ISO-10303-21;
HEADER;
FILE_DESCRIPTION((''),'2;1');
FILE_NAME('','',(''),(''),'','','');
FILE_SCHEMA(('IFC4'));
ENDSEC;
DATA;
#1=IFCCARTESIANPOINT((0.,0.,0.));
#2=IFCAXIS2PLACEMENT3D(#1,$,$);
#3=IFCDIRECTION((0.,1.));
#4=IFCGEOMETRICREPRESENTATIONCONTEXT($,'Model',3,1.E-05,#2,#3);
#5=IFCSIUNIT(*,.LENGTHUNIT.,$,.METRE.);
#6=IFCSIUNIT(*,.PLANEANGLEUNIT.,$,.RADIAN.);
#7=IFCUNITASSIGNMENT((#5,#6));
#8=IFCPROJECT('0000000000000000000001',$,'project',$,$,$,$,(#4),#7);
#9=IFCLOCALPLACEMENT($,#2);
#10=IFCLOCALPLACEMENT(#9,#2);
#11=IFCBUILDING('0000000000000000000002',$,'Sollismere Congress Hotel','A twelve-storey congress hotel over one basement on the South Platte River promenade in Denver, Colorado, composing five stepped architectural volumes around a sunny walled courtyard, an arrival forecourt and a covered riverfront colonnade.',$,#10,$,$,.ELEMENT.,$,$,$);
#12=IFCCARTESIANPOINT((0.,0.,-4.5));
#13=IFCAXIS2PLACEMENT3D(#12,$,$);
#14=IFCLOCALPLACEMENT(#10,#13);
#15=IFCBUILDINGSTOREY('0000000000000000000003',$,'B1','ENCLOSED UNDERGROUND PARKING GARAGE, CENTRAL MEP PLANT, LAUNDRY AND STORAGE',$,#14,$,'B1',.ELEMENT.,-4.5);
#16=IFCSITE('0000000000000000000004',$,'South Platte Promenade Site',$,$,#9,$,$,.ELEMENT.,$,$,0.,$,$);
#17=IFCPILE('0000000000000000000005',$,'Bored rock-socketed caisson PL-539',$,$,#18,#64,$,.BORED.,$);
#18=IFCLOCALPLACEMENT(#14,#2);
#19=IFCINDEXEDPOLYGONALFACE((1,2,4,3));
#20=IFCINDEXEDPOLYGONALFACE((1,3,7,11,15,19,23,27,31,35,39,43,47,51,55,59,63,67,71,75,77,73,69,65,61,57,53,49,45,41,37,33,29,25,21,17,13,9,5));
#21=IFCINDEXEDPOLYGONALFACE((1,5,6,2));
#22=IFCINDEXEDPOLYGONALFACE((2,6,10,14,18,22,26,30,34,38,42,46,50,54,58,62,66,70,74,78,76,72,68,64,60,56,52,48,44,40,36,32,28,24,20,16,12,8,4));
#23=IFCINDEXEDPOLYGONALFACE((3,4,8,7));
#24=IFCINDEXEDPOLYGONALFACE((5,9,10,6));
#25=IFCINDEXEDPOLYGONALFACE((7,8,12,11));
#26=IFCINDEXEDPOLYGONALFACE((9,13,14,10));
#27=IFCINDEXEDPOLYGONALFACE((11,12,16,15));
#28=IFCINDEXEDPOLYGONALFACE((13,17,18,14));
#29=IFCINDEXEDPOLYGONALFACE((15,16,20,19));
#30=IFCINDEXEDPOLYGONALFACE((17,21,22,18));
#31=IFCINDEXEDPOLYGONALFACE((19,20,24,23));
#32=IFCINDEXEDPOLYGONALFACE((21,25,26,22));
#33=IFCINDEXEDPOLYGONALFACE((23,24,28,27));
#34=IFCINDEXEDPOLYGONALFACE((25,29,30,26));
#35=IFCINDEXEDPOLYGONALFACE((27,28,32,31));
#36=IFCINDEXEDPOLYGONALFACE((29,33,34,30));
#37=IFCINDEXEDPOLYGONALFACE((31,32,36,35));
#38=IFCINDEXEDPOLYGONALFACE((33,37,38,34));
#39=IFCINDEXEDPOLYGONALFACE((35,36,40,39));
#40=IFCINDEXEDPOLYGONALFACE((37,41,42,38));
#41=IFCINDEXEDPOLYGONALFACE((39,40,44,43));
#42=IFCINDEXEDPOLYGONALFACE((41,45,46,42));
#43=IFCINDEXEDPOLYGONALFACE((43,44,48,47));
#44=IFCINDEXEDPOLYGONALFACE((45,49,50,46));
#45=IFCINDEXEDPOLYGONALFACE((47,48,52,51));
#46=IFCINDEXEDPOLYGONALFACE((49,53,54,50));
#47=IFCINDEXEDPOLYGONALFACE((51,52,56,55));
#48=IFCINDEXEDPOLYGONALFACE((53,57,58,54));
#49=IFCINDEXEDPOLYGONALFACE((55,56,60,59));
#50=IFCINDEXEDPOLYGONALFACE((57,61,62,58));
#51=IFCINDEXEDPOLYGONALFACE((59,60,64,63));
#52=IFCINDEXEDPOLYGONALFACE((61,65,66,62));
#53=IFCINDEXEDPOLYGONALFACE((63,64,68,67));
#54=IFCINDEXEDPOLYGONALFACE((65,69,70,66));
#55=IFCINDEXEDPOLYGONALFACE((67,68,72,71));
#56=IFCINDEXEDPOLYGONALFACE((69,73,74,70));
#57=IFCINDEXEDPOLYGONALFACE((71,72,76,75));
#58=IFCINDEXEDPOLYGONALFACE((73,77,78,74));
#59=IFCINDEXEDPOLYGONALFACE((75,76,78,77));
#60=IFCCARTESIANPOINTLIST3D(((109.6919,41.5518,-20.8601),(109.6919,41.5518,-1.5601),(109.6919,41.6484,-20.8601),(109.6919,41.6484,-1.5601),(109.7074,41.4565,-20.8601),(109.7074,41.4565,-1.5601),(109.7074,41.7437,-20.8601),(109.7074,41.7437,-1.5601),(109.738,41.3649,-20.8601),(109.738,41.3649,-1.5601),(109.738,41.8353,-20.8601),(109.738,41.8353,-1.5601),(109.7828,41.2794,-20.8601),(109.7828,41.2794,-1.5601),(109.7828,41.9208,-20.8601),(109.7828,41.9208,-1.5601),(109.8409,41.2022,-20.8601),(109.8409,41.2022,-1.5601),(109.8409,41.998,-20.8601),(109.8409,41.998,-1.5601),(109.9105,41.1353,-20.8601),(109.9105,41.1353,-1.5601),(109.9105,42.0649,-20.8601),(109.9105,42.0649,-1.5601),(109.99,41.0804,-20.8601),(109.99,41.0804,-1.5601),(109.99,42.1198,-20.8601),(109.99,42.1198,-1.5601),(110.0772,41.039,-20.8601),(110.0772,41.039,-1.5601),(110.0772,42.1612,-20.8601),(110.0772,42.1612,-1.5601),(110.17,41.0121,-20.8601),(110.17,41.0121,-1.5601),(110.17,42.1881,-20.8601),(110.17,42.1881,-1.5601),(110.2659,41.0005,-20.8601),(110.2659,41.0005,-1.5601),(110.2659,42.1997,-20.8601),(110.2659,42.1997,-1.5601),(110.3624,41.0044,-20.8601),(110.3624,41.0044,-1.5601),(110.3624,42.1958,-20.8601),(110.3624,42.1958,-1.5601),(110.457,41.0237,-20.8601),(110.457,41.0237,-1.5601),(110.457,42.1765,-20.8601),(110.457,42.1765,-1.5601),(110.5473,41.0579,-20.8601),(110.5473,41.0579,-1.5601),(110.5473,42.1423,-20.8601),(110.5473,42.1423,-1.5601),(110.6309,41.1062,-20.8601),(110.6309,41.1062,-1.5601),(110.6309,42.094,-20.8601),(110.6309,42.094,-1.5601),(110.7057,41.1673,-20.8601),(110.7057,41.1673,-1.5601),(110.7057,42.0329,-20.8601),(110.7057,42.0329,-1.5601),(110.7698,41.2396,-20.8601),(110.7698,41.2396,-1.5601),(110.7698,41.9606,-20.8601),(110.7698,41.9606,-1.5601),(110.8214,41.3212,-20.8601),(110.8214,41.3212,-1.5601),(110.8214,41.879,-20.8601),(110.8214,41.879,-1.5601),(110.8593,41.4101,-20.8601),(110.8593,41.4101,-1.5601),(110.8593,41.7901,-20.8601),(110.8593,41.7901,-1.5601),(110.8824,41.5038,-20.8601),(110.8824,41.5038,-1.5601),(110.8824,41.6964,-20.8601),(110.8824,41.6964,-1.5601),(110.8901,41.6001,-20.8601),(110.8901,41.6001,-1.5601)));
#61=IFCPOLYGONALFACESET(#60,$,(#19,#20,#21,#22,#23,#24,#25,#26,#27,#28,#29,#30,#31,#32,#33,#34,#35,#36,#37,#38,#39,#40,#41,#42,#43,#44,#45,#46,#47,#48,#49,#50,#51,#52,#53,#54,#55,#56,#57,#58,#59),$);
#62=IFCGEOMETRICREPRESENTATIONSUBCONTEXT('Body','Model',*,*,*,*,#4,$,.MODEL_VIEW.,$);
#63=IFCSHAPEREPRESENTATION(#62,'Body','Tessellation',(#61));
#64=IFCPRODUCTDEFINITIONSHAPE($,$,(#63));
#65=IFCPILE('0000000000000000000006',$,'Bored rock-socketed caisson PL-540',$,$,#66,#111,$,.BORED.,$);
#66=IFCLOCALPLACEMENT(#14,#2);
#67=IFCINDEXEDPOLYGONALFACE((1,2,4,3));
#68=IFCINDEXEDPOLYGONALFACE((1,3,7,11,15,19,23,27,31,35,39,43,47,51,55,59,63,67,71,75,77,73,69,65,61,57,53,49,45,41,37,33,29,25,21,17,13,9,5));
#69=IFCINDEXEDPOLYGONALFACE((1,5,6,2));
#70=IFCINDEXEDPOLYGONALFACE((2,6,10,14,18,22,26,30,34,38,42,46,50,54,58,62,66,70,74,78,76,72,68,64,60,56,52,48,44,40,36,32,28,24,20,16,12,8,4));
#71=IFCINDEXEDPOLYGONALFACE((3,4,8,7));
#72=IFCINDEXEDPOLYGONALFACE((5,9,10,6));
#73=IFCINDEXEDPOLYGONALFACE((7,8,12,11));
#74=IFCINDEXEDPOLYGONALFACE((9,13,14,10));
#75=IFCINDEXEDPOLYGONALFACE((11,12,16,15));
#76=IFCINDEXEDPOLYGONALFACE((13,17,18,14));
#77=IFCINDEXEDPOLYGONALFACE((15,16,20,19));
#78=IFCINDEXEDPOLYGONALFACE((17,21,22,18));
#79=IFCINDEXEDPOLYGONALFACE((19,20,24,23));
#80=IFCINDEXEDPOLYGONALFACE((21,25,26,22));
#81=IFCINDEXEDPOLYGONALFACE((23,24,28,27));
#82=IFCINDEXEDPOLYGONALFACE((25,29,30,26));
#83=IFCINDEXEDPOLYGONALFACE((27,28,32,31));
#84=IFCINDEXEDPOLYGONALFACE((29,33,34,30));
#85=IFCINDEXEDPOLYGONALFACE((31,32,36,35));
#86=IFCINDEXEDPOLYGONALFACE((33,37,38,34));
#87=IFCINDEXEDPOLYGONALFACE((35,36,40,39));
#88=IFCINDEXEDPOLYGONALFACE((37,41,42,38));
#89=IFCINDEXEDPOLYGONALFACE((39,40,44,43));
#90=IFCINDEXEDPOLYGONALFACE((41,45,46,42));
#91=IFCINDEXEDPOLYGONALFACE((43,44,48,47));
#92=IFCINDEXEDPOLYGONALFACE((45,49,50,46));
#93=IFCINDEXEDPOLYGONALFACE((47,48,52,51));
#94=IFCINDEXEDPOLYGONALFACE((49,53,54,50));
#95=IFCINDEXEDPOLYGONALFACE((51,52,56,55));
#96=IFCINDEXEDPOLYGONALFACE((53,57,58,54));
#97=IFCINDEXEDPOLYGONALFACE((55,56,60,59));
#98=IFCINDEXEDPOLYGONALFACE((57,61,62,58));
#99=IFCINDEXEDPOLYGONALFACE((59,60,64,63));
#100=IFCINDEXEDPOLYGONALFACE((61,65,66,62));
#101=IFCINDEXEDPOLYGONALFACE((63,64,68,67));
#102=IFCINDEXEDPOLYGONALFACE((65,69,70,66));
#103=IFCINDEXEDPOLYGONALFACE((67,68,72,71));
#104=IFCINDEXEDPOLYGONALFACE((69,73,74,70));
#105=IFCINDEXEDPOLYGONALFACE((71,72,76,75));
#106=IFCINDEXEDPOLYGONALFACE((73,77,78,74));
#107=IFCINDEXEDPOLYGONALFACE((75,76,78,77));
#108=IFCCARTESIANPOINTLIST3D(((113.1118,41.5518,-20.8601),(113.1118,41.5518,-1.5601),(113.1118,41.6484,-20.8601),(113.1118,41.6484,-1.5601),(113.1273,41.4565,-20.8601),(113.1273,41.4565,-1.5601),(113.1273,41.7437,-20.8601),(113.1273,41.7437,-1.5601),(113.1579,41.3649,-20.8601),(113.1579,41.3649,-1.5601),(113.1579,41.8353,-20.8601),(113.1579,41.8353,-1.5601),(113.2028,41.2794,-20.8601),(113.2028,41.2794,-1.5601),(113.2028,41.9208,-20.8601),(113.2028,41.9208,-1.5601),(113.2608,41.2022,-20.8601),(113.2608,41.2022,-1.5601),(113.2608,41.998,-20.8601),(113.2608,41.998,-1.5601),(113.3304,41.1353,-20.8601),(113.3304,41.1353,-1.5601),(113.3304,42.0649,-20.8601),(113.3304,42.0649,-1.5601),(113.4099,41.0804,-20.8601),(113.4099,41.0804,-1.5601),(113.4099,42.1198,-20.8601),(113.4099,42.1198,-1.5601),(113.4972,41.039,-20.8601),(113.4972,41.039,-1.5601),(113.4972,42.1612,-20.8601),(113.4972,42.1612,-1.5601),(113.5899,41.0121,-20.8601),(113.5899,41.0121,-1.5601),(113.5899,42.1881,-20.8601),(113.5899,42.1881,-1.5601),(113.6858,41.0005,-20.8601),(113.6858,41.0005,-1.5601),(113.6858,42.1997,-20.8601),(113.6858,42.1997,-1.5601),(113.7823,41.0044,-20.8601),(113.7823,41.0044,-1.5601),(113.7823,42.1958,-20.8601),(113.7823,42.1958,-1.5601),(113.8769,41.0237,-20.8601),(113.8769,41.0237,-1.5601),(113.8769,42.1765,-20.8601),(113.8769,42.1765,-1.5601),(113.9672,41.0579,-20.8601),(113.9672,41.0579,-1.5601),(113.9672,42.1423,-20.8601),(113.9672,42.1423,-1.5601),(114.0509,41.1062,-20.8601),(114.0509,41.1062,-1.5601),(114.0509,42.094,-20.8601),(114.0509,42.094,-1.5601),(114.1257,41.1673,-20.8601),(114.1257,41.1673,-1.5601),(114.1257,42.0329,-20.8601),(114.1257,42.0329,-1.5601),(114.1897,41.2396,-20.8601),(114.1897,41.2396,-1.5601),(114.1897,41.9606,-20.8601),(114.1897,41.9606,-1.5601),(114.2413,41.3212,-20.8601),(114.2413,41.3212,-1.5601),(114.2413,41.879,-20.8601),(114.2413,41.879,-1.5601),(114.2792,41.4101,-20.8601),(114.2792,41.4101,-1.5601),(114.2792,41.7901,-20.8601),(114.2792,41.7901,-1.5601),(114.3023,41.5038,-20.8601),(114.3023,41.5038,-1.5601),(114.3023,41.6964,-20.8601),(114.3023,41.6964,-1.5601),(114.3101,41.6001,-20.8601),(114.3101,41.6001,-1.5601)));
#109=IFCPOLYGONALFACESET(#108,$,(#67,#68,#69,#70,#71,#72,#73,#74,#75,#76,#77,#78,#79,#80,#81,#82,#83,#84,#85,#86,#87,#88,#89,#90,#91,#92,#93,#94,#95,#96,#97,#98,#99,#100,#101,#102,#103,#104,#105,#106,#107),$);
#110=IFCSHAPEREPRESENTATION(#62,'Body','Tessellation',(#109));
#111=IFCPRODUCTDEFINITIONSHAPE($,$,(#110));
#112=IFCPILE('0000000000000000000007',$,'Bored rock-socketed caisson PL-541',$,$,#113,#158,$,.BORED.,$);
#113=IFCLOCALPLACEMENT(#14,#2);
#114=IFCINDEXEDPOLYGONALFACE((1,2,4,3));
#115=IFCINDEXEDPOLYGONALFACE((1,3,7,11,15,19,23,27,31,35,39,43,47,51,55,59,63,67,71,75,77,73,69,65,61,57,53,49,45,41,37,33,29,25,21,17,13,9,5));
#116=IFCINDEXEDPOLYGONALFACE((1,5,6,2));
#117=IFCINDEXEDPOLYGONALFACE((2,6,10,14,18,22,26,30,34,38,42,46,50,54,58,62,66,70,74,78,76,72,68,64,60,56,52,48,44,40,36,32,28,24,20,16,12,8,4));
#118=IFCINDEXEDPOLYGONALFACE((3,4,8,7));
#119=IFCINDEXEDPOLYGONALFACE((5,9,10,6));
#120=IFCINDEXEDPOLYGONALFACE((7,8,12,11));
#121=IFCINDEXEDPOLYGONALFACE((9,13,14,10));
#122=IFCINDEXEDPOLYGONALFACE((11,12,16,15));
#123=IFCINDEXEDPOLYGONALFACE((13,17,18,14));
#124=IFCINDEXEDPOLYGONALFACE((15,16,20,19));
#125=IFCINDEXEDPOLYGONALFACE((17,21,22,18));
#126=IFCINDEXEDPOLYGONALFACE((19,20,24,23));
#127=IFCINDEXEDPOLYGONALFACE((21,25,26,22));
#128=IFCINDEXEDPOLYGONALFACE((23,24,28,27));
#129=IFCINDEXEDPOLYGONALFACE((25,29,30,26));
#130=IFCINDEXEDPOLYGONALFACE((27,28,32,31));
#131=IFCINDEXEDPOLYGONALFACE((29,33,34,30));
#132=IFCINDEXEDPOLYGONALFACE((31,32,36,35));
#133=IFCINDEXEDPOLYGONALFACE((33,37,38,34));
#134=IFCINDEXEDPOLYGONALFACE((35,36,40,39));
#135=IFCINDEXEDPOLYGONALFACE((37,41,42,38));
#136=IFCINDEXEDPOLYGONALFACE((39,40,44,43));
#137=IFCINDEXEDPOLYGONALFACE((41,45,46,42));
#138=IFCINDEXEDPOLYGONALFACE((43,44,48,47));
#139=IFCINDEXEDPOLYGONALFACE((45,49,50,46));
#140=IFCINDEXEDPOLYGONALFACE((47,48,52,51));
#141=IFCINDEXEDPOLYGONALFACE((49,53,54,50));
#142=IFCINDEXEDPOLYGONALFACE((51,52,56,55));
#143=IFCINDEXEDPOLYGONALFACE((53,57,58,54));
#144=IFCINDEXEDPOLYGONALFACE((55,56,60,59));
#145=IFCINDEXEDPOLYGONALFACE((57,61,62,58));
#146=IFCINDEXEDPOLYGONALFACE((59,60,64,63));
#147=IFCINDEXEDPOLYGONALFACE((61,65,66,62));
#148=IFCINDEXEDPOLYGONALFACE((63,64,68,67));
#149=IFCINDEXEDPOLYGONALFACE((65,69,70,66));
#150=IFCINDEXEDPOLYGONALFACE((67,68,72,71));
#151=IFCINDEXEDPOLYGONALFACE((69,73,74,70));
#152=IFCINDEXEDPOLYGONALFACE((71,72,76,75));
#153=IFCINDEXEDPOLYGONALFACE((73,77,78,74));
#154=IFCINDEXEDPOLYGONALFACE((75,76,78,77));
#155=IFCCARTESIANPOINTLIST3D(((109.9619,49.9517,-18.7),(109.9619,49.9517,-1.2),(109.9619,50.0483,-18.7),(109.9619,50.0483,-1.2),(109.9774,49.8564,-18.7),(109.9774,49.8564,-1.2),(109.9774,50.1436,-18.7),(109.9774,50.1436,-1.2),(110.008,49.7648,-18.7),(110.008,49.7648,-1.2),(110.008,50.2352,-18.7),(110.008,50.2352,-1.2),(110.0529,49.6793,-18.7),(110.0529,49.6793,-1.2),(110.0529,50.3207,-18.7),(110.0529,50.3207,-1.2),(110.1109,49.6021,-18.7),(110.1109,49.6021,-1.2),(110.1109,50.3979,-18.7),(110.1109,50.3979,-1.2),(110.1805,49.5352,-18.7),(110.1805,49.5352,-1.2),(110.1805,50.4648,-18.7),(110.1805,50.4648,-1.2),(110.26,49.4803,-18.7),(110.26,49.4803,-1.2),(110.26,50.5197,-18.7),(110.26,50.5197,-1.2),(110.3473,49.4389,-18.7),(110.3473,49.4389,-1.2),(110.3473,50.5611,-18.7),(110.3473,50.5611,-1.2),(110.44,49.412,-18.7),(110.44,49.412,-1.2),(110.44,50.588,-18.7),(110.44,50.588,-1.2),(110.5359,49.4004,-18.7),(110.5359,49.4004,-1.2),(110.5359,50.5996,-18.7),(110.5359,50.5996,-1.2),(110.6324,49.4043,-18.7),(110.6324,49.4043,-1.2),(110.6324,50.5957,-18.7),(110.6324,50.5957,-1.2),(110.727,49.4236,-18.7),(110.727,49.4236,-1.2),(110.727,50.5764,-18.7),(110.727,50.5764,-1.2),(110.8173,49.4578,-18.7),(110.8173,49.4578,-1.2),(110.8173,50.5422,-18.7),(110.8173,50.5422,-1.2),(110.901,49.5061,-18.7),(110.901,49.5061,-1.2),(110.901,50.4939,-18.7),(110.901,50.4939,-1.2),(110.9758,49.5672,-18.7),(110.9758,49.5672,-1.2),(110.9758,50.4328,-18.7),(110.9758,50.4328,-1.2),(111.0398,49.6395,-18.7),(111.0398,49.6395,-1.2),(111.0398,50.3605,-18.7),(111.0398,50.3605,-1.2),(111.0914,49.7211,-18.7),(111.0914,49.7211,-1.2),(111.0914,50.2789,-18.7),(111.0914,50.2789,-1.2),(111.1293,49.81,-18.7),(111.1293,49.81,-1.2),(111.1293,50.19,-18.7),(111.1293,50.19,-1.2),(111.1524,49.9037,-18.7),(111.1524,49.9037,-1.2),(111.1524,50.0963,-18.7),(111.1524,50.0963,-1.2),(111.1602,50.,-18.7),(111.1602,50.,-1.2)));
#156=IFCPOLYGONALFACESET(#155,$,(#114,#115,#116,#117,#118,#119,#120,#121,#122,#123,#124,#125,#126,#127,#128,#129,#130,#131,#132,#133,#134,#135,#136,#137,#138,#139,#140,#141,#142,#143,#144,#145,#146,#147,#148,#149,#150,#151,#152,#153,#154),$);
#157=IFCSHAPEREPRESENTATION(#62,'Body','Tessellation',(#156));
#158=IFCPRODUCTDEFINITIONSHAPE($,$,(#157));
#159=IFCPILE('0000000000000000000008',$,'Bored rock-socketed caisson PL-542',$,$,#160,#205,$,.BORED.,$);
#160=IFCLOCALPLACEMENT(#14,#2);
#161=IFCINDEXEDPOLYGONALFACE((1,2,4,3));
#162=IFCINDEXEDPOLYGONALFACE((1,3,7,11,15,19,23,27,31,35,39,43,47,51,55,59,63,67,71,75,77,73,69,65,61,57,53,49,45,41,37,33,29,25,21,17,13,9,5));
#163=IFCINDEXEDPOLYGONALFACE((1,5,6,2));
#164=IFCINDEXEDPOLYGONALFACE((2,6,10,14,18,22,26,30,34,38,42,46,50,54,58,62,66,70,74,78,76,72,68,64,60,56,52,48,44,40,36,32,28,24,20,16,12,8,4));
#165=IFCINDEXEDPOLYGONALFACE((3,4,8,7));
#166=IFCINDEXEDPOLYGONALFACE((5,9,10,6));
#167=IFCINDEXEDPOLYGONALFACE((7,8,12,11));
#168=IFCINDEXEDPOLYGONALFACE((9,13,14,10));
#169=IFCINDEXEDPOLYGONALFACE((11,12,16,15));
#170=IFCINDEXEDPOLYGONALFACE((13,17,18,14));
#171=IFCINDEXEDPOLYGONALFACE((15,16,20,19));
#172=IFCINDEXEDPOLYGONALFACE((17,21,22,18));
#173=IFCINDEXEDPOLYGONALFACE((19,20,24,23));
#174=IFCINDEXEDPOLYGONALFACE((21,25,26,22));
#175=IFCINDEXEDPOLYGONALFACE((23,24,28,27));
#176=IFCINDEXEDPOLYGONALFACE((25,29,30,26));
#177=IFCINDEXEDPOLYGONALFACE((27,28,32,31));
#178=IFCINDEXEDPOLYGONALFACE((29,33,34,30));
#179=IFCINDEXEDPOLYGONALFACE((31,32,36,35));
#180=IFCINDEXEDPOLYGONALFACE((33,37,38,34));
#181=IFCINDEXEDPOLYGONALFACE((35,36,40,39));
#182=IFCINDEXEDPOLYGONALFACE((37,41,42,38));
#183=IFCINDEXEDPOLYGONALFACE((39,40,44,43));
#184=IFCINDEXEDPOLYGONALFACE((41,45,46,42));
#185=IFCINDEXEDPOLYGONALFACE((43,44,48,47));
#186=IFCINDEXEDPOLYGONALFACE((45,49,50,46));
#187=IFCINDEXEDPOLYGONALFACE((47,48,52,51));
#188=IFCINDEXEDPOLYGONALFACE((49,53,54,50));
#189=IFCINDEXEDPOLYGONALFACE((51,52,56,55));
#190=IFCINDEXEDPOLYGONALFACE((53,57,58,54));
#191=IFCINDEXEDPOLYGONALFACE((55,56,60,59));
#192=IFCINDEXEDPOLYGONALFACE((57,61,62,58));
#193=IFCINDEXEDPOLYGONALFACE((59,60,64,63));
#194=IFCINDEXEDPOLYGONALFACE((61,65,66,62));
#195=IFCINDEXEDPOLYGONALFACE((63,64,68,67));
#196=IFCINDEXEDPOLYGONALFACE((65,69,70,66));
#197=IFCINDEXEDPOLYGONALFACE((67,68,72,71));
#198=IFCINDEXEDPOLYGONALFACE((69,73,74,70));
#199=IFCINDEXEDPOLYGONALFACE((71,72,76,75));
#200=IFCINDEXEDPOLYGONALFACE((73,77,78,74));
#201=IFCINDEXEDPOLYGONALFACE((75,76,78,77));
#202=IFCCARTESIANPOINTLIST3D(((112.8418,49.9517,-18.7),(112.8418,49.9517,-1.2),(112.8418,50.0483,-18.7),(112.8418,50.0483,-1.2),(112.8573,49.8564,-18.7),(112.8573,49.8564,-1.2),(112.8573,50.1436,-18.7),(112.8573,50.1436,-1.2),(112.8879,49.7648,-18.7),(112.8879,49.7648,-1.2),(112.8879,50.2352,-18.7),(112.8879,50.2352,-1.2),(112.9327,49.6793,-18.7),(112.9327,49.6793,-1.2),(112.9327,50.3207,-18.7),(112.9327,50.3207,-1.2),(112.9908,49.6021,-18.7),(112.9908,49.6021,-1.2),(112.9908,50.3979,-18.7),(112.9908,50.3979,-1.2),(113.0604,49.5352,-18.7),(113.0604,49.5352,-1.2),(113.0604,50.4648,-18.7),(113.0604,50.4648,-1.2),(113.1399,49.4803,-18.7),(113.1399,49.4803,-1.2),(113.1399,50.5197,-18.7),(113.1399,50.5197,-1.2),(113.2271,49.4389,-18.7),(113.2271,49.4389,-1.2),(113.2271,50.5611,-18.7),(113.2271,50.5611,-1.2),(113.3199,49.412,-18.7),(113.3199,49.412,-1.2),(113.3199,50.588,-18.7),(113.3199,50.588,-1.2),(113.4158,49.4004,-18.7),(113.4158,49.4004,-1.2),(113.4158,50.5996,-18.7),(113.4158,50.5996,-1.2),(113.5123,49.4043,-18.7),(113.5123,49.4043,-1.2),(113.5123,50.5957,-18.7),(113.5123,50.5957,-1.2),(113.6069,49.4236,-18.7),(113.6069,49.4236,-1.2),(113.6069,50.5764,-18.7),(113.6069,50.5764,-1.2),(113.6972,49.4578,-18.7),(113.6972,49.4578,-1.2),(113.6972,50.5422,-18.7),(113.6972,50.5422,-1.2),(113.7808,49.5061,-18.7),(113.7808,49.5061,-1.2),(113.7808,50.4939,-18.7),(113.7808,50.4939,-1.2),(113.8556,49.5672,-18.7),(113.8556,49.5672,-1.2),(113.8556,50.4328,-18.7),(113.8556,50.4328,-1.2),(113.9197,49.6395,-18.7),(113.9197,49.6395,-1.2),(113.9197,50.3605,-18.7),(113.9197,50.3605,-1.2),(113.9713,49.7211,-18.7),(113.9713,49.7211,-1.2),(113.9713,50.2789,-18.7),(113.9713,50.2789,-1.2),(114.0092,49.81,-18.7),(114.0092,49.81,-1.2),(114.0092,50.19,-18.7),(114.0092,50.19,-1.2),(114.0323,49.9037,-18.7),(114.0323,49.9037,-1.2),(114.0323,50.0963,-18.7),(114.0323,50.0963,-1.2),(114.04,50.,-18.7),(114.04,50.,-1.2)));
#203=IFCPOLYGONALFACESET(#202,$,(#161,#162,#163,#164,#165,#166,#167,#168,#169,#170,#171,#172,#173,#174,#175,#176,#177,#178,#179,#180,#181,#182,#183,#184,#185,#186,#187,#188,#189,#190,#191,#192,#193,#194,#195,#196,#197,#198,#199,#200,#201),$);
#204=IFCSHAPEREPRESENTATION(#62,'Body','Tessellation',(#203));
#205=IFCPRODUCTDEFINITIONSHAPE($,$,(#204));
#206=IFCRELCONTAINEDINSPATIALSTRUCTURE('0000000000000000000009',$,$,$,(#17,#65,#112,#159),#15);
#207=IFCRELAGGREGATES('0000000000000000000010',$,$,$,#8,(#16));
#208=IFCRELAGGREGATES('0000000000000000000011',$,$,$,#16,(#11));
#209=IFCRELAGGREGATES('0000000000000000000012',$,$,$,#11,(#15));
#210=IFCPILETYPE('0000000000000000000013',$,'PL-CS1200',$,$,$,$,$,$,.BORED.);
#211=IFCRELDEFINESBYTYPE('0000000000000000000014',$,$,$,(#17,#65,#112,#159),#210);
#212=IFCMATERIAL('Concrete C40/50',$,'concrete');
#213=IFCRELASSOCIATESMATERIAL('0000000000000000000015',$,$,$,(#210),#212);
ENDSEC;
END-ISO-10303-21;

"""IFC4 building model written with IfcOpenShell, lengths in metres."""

from ifc_helpers import new_model, si_unit, direction, frame, origin, origin_2d, place, context, subcontext, project, spatial, circle, extrude, material, material_profile, profile_set, type_object, element, save


model = new_model("IFC4")

# Units and contexts
model_context = context("Model", 3, precision=1e-05, world=origin(), true_north=direction((0.0, 1.0)))
body_context = subcontext(model_context, "Body", "Model", "MODEL_VIEW")
ifc_project = project(units=[si_unit("LENGTHUNIT", "METRE"), si_unit("PLANEANGLEUNIT", "RADIAN")], contexts=[model_context])

# Site, building, storey
site_placement = place(None, origin())
site = spatial("IfcSite", under=ifc_project, at=site_placement, Name="South Platte Promenade Site", CompositionType="ELEMENT", RefElevation=0.0)
building_placement = place(site_placement, origin())
building = spatial("IfcBuilding", under=site, at=building_placement, Name="Sollismere Congress Hotel", Description="A twelve-storey congress hotel over one basement on the South Platte River promenade in Denver, Colorado, composing five stepped architectural volumes around a sunny walled courtyard, an arrival forecourt and a covered riverfront colonnade.", CompositionType="ELEMENT")
storey_placement = place(building_placement, frame((0.0, 0.0, -4.5)))
storey = spatial("IfcBuildingStorey", under=building, at=storey_placement, Name="B1", Description="ENCLOSED UNDERGROUND PARKING GARAGE, CENTRAL MEP PLANT, LAUNDRY AND STORAGE", LongName="B1", CompositionType="ELEMENT", Elevation=-4.5)

# Shared definitions
ifc_material_1 = material(Name="Concrete C40/50", Category="concrete")

# Piles
ifc_material_profile_1 = material_profile(ifc_material_1, circle(Radius=0.6001, at=origin_2d()), Name="CAISSON1200")
ifc_profile_set_1 = profile_set([ifc_material_profile_1], Name="Concrete C40/50")
pile_type = type_object("IfcPileType", Name="PL-CS1200", PredefinedType="BORED", material=ifc_profile_set_1)
for number, where, z_axis, x_axis, name in (
    (1, (110.29, 41.6001, -1.5601), (0.0, 0.0, -1.0), (1.0, 0.0, 0.0), "Bored rock-socketed caisson PL-539"),
    (2, (113.71, 41.6001, -1.5601), (0.0, 0.0, -1.0), (1.0, 0.0, 0.0), "Bored rock-socketed caisson PL-540"),
):
    element("IfcPile", number, at=place(storey_placement, frame(where, z_axis=z_axis, x_axis=x_axis)), inside=storey, type_object=pile_type, Name=name, PredefinedType="BORED", context=body_context, shape_type="SweptSolid", body=[
        extrude(circle(Radius=0.6001, at=origin_2d()), origin(), (0.0, 0.0, 1.0), 19.3),
    ])
for number, where, z_axis, x_axis, name in (
    (3, (110.5601, 50.0, -1.2), (0.0, 0.0, -1.0), (1.0, 0.0, 0.0), "Bored rock-socketed caisson PL-541"),
    (4, (113.4399, 50.0, -1.2), (0.0, 0.0, -1.0), (1.0, 0.0, 0.0), "Bored rock-socketed caisson PL-542"),
):
    element("IfcPile", number, at=place(storey_placement, frame(where, z_axis=z_axis, x_axis=x_axis)), inside=storey, type_object=pile_type, Name=name, PredefinedType="BORED", context=body_context, shape_type="SweptSolid", body=[
        extrude(circle(Radius=0.6001, at=origin_2d()), origin(), (0.0, 0.0, 1.0), 17.5),
    ])

save(model, "model.ifc")
